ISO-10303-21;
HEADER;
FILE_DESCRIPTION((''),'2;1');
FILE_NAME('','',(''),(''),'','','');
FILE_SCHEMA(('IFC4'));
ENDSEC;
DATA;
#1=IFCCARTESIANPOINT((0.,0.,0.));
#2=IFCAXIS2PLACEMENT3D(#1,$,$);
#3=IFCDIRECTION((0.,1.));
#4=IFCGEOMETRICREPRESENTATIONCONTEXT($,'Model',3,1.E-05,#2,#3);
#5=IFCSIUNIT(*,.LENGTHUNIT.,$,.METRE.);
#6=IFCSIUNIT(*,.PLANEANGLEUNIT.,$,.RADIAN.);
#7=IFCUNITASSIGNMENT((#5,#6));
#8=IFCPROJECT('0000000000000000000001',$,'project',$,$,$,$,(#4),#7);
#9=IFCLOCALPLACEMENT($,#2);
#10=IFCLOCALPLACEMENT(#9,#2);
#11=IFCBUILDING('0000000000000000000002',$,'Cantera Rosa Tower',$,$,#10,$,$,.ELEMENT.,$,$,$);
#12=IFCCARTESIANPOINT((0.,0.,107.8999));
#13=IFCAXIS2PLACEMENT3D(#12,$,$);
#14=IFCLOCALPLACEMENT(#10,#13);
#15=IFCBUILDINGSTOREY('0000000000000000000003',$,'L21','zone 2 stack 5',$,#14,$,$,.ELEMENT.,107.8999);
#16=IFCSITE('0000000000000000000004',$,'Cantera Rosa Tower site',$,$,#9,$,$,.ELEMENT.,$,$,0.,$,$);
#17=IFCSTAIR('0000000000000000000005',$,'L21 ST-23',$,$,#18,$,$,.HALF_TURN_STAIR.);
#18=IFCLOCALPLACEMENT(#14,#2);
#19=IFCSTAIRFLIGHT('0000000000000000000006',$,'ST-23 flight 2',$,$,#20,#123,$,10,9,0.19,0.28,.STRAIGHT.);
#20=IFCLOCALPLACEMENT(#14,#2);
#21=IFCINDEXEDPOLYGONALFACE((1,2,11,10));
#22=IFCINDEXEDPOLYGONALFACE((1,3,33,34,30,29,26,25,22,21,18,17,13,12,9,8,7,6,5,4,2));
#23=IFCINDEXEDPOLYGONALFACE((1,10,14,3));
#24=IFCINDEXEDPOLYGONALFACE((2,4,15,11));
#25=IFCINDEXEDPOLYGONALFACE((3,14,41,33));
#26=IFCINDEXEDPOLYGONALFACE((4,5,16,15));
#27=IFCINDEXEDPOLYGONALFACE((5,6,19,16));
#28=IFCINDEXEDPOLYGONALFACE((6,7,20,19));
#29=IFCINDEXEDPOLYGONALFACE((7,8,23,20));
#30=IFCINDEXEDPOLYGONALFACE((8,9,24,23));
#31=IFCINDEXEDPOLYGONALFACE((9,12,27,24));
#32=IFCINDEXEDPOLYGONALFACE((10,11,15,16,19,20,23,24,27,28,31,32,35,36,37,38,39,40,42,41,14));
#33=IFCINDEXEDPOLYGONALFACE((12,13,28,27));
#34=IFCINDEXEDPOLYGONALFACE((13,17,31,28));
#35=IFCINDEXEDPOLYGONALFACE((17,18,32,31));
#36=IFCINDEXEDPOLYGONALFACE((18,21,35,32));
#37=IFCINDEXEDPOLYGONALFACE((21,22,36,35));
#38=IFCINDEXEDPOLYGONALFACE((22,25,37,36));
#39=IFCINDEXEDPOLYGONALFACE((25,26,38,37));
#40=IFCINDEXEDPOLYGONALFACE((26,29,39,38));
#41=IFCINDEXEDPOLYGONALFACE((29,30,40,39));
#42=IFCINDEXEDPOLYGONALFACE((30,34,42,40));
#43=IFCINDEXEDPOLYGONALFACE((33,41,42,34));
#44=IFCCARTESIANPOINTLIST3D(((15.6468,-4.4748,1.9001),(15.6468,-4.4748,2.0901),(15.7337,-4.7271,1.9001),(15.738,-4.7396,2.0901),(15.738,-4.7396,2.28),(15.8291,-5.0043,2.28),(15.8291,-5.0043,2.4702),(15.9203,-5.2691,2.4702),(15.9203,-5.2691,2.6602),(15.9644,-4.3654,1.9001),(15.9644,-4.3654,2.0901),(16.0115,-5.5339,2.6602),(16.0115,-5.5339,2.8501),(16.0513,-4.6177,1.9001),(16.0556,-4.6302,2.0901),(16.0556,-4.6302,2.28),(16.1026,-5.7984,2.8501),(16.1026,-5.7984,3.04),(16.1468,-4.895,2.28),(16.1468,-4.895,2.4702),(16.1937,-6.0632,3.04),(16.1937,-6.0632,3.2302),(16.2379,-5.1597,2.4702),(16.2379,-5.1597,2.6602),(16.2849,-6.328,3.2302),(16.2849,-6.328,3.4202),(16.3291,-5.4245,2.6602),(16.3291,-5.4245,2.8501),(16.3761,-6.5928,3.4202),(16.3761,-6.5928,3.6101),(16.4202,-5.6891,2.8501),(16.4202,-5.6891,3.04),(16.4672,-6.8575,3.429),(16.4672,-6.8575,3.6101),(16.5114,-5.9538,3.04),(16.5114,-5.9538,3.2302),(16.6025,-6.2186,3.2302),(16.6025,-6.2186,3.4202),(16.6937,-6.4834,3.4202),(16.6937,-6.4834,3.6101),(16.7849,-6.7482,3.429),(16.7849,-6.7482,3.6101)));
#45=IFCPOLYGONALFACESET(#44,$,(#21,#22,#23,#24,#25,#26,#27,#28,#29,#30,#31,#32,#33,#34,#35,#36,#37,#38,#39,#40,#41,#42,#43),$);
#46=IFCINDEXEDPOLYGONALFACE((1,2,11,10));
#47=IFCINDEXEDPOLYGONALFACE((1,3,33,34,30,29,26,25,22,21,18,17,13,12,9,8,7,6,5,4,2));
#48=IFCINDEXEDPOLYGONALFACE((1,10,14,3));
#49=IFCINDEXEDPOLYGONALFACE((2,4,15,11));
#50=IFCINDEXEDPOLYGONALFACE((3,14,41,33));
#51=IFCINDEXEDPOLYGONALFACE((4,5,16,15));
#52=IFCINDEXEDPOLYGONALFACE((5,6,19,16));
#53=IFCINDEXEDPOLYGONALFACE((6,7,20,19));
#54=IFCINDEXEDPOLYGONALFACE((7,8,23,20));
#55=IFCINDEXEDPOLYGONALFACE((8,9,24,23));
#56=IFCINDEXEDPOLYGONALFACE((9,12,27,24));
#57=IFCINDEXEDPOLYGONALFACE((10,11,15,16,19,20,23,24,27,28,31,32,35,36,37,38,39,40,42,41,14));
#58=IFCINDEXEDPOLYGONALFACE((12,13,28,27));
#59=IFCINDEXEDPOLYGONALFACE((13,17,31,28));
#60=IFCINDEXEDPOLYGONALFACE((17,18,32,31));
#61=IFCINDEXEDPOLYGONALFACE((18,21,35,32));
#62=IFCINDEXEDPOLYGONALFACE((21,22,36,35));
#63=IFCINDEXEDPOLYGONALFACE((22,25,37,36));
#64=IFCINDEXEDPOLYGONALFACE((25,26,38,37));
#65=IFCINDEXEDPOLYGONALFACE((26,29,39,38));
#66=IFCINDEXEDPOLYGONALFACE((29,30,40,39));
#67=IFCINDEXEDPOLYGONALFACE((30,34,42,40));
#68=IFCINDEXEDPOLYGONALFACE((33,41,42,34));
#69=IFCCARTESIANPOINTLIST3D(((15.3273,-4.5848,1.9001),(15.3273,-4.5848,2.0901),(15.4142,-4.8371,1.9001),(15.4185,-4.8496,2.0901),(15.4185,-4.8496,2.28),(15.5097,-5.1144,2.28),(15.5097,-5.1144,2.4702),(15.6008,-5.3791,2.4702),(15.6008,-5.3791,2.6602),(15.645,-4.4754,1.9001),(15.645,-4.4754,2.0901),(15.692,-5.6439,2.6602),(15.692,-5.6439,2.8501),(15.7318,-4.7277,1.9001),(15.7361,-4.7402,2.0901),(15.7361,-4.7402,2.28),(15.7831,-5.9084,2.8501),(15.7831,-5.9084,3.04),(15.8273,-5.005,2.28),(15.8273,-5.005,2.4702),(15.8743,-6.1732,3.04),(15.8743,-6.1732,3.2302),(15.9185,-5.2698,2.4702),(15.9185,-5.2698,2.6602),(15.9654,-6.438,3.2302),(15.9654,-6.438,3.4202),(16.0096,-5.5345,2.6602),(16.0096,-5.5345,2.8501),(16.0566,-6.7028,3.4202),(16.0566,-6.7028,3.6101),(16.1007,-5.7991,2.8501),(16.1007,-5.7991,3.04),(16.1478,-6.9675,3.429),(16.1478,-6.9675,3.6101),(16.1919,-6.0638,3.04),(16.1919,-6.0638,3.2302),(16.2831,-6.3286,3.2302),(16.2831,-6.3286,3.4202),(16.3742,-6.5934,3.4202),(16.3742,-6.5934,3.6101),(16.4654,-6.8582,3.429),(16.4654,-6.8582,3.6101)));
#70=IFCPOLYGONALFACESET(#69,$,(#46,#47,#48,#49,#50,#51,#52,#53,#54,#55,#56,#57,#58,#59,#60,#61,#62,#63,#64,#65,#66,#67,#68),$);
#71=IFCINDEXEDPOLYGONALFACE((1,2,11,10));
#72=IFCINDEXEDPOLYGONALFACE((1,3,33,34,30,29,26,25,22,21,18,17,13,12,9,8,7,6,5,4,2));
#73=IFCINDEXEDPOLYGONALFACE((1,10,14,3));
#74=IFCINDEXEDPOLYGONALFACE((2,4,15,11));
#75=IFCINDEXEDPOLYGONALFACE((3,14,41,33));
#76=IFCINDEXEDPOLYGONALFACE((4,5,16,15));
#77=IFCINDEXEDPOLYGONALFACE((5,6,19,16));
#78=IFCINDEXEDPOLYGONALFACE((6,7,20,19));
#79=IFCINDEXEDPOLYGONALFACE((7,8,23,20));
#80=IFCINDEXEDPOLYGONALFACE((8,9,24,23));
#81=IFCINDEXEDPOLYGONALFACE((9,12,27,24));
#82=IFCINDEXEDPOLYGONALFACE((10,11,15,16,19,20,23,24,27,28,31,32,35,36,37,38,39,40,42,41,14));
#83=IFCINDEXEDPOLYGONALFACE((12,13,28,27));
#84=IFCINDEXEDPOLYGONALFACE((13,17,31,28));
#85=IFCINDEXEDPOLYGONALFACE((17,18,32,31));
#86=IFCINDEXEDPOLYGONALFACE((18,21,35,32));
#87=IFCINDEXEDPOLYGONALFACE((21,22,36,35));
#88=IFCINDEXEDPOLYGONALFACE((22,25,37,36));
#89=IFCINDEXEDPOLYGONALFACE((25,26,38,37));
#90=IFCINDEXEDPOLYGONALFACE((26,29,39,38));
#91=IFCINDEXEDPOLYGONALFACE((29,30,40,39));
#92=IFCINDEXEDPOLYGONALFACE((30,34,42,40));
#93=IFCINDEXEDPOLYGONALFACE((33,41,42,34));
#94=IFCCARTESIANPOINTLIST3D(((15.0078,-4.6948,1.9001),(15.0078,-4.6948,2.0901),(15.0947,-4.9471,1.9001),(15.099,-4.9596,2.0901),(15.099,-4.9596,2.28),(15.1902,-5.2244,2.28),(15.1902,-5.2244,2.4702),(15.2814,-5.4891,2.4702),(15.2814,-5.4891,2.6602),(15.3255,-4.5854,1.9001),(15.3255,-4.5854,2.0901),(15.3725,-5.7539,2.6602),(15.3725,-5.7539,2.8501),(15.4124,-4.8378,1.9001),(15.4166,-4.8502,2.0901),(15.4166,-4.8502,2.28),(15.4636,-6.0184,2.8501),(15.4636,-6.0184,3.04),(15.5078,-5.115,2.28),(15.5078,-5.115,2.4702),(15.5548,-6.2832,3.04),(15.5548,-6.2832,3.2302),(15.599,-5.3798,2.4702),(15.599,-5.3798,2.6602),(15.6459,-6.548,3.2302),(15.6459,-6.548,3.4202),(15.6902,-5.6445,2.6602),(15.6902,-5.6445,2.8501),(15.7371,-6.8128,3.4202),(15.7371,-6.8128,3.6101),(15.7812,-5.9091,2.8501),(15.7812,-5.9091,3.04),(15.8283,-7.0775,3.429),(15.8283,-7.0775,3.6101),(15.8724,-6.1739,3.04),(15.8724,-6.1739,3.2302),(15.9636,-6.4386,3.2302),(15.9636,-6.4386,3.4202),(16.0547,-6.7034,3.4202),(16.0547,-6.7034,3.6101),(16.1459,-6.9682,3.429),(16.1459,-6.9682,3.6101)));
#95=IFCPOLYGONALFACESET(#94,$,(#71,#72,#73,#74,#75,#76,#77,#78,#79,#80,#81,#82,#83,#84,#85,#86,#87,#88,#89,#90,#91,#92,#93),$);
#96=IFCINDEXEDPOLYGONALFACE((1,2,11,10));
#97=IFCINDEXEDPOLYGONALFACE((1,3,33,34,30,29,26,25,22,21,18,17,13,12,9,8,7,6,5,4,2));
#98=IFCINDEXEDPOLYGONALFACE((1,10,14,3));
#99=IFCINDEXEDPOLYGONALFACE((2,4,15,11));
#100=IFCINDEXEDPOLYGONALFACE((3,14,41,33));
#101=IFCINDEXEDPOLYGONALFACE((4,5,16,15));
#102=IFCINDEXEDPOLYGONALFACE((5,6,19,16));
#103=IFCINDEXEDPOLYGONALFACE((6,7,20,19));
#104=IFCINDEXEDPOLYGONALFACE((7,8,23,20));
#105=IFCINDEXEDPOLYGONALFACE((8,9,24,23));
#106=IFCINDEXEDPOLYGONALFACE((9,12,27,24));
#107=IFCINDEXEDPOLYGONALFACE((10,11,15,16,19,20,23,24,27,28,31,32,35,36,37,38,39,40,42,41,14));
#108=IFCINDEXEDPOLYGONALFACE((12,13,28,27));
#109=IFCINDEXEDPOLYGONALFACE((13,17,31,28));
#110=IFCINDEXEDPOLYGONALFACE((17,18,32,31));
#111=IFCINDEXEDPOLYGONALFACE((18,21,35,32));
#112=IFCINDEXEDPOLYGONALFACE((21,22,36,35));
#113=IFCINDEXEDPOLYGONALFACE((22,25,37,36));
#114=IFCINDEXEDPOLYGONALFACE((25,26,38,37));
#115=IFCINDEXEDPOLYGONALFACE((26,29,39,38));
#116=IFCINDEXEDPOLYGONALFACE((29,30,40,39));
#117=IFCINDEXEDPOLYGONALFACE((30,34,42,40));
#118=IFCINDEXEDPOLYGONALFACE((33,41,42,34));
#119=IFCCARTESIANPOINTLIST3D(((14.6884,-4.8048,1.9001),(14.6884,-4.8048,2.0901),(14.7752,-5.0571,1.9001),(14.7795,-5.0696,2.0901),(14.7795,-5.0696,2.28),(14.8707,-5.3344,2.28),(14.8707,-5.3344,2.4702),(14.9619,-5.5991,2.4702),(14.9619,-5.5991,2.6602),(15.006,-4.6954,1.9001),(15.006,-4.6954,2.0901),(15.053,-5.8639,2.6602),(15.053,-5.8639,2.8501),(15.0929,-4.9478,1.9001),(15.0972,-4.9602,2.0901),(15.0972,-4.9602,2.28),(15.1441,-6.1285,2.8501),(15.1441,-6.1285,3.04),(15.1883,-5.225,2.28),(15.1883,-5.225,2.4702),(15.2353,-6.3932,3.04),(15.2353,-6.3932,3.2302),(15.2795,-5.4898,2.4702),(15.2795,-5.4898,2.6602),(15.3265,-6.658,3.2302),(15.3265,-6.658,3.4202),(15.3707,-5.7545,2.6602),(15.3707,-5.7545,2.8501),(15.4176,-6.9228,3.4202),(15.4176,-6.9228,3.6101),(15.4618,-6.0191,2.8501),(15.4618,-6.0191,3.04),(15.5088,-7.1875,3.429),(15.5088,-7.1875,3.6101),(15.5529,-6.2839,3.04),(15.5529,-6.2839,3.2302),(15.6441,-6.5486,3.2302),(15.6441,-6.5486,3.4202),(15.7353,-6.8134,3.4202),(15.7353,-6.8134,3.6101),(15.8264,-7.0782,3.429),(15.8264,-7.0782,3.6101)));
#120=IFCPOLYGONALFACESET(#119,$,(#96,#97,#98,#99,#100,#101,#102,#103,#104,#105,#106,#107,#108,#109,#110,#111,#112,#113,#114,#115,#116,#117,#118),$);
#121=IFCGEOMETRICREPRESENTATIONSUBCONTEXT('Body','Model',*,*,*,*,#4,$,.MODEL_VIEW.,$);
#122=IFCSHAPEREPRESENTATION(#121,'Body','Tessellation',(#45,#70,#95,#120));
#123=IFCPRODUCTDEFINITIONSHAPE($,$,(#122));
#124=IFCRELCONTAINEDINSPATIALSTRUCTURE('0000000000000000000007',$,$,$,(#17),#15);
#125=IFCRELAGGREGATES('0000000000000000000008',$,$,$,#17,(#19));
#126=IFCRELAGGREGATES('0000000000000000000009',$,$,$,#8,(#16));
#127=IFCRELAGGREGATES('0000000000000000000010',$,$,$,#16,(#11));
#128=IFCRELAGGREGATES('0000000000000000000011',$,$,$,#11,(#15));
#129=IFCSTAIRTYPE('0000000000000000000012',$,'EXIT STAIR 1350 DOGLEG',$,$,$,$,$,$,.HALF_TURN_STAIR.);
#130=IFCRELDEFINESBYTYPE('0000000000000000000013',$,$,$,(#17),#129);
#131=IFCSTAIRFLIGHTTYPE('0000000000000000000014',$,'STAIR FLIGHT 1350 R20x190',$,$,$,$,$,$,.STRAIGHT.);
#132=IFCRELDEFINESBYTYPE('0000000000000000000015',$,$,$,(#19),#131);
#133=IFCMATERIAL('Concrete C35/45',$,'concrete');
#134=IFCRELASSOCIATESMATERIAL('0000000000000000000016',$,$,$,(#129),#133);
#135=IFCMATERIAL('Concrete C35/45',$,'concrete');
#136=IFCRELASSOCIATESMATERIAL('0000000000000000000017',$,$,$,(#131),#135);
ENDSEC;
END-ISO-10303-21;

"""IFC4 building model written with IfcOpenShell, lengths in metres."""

from ifc_helpers import new_model, si_unit, direction, frame, origin, place, context, subcontext, project, spatial, polyline, outline, extrude, material, type_object, element, aggregate, save


model = new_model("IFC4")

# Units and contexts
model_context = context("Model", 3, precision=1e-05, world=origin(), true_north=direction((0.0, 1.0)))
body_context = subcontext(model_context, "Body", "Model", "MODEL_VIEW")
ifc_project = project(units=[si_unit("LENGTHUNIT", "METRE"), si_unit("PLANEANGLEUNIT", "RADIAN")], contexts=[model_context])

# Site, building, storey
site_placement = place(None, origin())
site = spatial("IfcSite", under=ifc_project, at=site_placement, Name="Cantera Rosa Tower site", CompositionType="ELEMENT", RefElevation=0.0)
building_placement = place(site_placement, origin())
building = spatial("IfcBuilding", under=site, at=building_placement, Name="Cantera Rosa Tower", CompositionType="ELEMENT")
storey_placement = place(building_placement, frame((0.0, 0.0, 107.8999)))
storey = spatial("IfcBuildingStorey", under=building, at=storey_placement, Name="L21", Description="zone 2 stack 5", CompositionType="ELEMENT", Elevation=107.8999)

# Stair, stair flight
ifc_material_1 = material(Name="Concrete C35/45", Category="concrete")
stair_type = type_object("IfcStairType", Name="EXIT STAIR 1350 DOGLEG", PredefinedType="HALF_TURN_STAIR", material=ifc_material_1)
stair_placement = place(storey_placement, origin())
stair = element("IfcStair", 1, at=stair_placement, inside=storey, type_object=stair_type, Name="L21 ST-23", PredefinedType="HALF_TURN_STAIR")
ifc_material_2 = material(Name="Concrete C35/45", Category="concrete")
stair_flight_type = type_object("IfcStairFlightType", Name="STAIR FLIGHT 1350 R20x190", PredefinedType="STRAIGHT", material=ifc_material_2)
stair_flight_1_placement = place(storey_placement, frame((15.3262, -4.5852, 1.9001), z_axis=(0.0, 0.0, 1.0), x_axis=(0.325568, -0.945519, 0.0)))
stair_flight_1 = element("IfcStairFlight", 2, at=stair_flight_1_placement, type_object=stair_flight_type, Name="ST-23 flight 2", NumberOfRisers=10, NumberOfTreads=9, PredefinedType="STRAIGHT", RiserHeight=0.19, TreadLength=0.28, context=body_context, shape_type="SweptSolid", body=[
    extrude(outline(polyline([(0.0, 0.0), (0.0, 0.1899), (0.28, 0.1899), (0.28, 0.3799), (0.5601, 0.3799), (0.5601, 0.5701), (0.8401, 0.5701), (0.8401, 0.76), (1.1201, 0.76), (1.1201, 0.95), (1.3999, 0.95), (1.3999, 1.1399), (1.6799, 1.1399), (1.6799, 1.3301), (1.96, 1.3301), (1.96, 1.52), (2.24, 1.52), (2.24, 1.71), (2.52, 1.71), (2.52, 1.8999), (2.52, 1.5288), (0.2668, 0.0), (0.0, 0.0)])), frame((0.0, 0.675, 0.0), z_axis=(0.0, -1.0, 0.0), x_axis=(1.0, 0.0, 0.0)), (0.0, 0.0, 1.0), 0.3359),
    extrude(outline(polyline([(0.0, 0.0), (0.0, 0.1899), (0.28, 0.1899), (0.28, 0.3799), (0.5601, 0.3799), (0.5601, 0.5701), (0.8401, 0.5701), (0.8401, 0.76), (1.1201, 0.76), (1.1201, 0.95), (1.3999, 0.95), (1.3999, 1.1399), (1.6799, 1.1399), (1.6799, 1.3301), (1.96, 1.3301), (1.96, 1.52), (2.24, 1.52), (2.24, 1.71), (2.52, 1.71), (2.52, 1.8999), (2.52, 1.5288), (0.2668, 0.0), (0.0, 0.0)])), frame((0.0, 0.3372, 0.0), z_axis=(0.0, -1.0, 0.0), x_axis=(1.0, 0.0, 0.0)), (0.0, 0.0, 1.0), 0.3359),
    extrude(outline(polyline([(0.0, 0.0), (0.0, 0.1899), (0.28, 0.1899), (0.28, 0.3799), (0.5601, 0.3799), (0.5601, 0.5701), (0.8401, 0.5701), (0.8401, 0.76), (1.1201, 0.76), (1.1201, 0.95), (1.3999, 0.95), (1.3999, 1.1399), (1.6799, 1.1399), (1.6799, 1.3301), (1.96, 1.3301), (1.96, 1.52), (2.24, 1.52), (2.24, 1.71), (2.52, 1.71), (2.52, 1.8999), (2.52, 1.5288), (0.2668, 0.0), (0.0, 0.0)])), frame((0.0, -0.0007, 0.0), z_axis=(0.0, -1.0, 0.0), x_axis=(1.0, 0.0, 0.0)), (0.0, 0.0, 1.0), 0.3359),
    extrude(outline(polyline([(0.0, 0.0), (0.0, 0.1899), (0.28, 0.1899), (0.28, 0.3799), (0.5601, 0.3799), (0.5601, 0.5701), (0.8401, 0.5701), (0.8401, 0.76), (1.1201, 0.76), (1.1201, 0.95), (1.3999, 0.95), (1.3999, 1.1399), (1.6799, 1.1399), (1.6799, 1.3301), (1.96, 1.3301), (1.96, 1.52), (2.24, 1.52), (2.24, 1.71), (2.52, 1.71), (2.52, 1.8999), (2.52, 1.5288), (0.2668, 0.0), (0.0, 0.0)])), frame((0.0, -0.3386, 0.0), z_axis=(0.0, -1.0, 0.0), x_axis=(1.0, 0.0, 0.0)), (0.0, 0.0, 1.0), 0.3359),
])
aggregate(stair, [stair_flight_1])

save(model, "model.ifc")
